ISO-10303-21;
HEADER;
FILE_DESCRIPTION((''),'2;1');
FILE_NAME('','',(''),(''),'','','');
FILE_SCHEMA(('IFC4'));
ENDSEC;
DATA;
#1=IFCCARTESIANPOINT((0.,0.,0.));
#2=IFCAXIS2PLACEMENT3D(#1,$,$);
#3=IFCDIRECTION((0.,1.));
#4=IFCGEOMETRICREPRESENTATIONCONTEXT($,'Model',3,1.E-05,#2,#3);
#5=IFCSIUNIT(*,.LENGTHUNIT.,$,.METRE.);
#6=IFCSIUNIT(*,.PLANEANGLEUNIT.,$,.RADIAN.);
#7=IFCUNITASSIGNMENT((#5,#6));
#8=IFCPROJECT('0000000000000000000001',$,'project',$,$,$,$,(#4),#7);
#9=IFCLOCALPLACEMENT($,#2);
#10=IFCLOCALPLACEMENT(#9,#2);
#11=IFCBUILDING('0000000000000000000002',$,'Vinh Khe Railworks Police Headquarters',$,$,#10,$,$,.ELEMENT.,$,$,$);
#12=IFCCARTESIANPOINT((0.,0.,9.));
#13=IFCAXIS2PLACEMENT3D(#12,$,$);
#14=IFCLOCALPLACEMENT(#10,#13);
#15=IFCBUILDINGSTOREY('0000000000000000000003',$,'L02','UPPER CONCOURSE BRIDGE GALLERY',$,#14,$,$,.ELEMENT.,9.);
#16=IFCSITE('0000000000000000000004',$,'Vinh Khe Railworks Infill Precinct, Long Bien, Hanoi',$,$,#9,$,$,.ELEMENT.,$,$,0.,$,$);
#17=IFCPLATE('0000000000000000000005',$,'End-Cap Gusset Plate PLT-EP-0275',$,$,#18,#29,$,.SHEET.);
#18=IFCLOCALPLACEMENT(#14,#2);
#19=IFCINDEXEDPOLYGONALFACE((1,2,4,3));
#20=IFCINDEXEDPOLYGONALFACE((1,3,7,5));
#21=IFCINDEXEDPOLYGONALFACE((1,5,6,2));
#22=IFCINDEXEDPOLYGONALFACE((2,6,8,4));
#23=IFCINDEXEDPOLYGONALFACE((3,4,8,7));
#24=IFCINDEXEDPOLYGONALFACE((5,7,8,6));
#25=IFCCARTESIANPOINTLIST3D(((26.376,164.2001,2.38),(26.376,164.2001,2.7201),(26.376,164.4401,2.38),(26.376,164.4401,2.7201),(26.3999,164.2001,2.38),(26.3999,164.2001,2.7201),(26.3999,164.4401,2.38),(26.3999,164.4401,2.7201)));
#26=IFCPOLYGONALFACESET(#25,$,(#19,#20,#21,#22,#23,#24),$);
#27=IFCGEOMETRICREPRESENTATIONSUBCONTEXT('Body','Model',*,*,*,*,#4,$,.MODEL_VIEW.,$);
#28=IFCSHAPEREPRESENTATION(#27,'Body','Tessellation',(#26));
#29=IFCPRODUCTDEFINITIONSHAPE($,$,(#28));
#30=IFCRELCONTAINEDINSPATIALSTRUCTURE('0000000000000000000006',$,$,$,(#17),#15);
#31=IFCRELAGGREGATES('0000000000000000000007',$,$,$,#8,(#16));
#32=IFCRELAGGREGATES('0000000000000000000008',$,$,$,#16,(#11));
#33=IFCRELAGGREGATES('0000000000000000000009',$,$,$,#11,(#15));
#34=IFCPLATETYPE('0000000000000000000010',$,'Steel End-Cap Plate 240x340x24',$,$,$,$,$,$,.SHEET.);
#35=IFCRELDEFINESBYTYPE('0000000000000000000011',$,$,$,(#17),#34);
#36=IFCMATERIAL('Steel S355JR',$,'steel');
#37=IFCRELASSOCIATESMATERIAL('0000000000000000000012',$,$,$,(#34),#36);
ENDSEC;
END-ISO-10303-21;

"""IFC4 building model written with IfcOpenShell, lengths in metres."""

from ifc_helpers import new_model, si_unit, direction, frame, origin, origin_2d, place, context, subcontext, project, spatial, rectangle, extrude, material, material_profile, profile_set, type_object, element, save


model = new_model("IFC4")

# Units and contexts
model_context = context("Model", 3, precision=1e-05, world=origin(), true_north=direction((0.0, 1.0)))
body_context = subcontext(model_context, "Body", "Model", "MODEL_VIEW")
ifc_project = project(units=[si_unit("LENGTHUNIT", "METRE"), si_unit("PLANEANGLEUNIT", "RADIAN")], contexts=[model_context])

# Site, building, storey
site_placement = place(None, origin())
site = spatial("IfcSite", under=ifc_project, at=site_placement, Name="Vinh Khe Railworks Infill Precinct, Long Bien, Hanoi", CompositionType="ELEMENT", RefElevation=0.0)
building_placement = place(site_placement, origin())
building = spatial("IfcBuilding", under=site, at=building_placement, Name="Vinh Khe Railworks Police Headquarters", CompositionType="ELEMENT")
storey_placement = place(building_placement, frame((0.0, 0.0, 9.0)))
storey = spatial("IfcBuildingStorey", under=building, at=storey_placement, Name="L02", Description="UPPER CONCOURSE BRIDGE GALLERY", CompositionType="ELEMENT", Elevation=9.0)

# Shared definitions
ifc_material_1 = material(Name="Steel S355JR", Category="steel")

# Plate
ifc_material_profile_1 = material_profile(ifc_material_1, rectangle(XDim=0.24, YDim=0.3401, at=origin_2d()), Name="PL 240x340")
ifc_profile_set_1 = profile_set([ifc_material_profile_1], Name="Steel S355JR")
plate_type_1 = type_object("IfcPlateType", Name="Steel End-Cap Plate 240x340x24", PredefinedType="SHEET", material=ifc_profile_set_1)
plate_1_placement = place(storey_placement, frame((26.3999, 164.3201, 2.55), z_axis=(-1.0, 0.0, 0.0), x_axis=(0.0, -1.0, 0.0)))
element("IfcPlate", 1, at=plate_1_placement, inside=storey, type_object=plate_type_1, Name="End-Cap Gusset Plate PLT-EP-0275", PredefinedType="SHEET", context=body_context, shape_type="SweptSolid", body=[
    extrude(rectangle(XDim=0.24, YDim=0.3401, at=origin_2d()), origin(), (0.0, 0.0, 1.0), 0.0239),
])

save(model, "model.ifc")
